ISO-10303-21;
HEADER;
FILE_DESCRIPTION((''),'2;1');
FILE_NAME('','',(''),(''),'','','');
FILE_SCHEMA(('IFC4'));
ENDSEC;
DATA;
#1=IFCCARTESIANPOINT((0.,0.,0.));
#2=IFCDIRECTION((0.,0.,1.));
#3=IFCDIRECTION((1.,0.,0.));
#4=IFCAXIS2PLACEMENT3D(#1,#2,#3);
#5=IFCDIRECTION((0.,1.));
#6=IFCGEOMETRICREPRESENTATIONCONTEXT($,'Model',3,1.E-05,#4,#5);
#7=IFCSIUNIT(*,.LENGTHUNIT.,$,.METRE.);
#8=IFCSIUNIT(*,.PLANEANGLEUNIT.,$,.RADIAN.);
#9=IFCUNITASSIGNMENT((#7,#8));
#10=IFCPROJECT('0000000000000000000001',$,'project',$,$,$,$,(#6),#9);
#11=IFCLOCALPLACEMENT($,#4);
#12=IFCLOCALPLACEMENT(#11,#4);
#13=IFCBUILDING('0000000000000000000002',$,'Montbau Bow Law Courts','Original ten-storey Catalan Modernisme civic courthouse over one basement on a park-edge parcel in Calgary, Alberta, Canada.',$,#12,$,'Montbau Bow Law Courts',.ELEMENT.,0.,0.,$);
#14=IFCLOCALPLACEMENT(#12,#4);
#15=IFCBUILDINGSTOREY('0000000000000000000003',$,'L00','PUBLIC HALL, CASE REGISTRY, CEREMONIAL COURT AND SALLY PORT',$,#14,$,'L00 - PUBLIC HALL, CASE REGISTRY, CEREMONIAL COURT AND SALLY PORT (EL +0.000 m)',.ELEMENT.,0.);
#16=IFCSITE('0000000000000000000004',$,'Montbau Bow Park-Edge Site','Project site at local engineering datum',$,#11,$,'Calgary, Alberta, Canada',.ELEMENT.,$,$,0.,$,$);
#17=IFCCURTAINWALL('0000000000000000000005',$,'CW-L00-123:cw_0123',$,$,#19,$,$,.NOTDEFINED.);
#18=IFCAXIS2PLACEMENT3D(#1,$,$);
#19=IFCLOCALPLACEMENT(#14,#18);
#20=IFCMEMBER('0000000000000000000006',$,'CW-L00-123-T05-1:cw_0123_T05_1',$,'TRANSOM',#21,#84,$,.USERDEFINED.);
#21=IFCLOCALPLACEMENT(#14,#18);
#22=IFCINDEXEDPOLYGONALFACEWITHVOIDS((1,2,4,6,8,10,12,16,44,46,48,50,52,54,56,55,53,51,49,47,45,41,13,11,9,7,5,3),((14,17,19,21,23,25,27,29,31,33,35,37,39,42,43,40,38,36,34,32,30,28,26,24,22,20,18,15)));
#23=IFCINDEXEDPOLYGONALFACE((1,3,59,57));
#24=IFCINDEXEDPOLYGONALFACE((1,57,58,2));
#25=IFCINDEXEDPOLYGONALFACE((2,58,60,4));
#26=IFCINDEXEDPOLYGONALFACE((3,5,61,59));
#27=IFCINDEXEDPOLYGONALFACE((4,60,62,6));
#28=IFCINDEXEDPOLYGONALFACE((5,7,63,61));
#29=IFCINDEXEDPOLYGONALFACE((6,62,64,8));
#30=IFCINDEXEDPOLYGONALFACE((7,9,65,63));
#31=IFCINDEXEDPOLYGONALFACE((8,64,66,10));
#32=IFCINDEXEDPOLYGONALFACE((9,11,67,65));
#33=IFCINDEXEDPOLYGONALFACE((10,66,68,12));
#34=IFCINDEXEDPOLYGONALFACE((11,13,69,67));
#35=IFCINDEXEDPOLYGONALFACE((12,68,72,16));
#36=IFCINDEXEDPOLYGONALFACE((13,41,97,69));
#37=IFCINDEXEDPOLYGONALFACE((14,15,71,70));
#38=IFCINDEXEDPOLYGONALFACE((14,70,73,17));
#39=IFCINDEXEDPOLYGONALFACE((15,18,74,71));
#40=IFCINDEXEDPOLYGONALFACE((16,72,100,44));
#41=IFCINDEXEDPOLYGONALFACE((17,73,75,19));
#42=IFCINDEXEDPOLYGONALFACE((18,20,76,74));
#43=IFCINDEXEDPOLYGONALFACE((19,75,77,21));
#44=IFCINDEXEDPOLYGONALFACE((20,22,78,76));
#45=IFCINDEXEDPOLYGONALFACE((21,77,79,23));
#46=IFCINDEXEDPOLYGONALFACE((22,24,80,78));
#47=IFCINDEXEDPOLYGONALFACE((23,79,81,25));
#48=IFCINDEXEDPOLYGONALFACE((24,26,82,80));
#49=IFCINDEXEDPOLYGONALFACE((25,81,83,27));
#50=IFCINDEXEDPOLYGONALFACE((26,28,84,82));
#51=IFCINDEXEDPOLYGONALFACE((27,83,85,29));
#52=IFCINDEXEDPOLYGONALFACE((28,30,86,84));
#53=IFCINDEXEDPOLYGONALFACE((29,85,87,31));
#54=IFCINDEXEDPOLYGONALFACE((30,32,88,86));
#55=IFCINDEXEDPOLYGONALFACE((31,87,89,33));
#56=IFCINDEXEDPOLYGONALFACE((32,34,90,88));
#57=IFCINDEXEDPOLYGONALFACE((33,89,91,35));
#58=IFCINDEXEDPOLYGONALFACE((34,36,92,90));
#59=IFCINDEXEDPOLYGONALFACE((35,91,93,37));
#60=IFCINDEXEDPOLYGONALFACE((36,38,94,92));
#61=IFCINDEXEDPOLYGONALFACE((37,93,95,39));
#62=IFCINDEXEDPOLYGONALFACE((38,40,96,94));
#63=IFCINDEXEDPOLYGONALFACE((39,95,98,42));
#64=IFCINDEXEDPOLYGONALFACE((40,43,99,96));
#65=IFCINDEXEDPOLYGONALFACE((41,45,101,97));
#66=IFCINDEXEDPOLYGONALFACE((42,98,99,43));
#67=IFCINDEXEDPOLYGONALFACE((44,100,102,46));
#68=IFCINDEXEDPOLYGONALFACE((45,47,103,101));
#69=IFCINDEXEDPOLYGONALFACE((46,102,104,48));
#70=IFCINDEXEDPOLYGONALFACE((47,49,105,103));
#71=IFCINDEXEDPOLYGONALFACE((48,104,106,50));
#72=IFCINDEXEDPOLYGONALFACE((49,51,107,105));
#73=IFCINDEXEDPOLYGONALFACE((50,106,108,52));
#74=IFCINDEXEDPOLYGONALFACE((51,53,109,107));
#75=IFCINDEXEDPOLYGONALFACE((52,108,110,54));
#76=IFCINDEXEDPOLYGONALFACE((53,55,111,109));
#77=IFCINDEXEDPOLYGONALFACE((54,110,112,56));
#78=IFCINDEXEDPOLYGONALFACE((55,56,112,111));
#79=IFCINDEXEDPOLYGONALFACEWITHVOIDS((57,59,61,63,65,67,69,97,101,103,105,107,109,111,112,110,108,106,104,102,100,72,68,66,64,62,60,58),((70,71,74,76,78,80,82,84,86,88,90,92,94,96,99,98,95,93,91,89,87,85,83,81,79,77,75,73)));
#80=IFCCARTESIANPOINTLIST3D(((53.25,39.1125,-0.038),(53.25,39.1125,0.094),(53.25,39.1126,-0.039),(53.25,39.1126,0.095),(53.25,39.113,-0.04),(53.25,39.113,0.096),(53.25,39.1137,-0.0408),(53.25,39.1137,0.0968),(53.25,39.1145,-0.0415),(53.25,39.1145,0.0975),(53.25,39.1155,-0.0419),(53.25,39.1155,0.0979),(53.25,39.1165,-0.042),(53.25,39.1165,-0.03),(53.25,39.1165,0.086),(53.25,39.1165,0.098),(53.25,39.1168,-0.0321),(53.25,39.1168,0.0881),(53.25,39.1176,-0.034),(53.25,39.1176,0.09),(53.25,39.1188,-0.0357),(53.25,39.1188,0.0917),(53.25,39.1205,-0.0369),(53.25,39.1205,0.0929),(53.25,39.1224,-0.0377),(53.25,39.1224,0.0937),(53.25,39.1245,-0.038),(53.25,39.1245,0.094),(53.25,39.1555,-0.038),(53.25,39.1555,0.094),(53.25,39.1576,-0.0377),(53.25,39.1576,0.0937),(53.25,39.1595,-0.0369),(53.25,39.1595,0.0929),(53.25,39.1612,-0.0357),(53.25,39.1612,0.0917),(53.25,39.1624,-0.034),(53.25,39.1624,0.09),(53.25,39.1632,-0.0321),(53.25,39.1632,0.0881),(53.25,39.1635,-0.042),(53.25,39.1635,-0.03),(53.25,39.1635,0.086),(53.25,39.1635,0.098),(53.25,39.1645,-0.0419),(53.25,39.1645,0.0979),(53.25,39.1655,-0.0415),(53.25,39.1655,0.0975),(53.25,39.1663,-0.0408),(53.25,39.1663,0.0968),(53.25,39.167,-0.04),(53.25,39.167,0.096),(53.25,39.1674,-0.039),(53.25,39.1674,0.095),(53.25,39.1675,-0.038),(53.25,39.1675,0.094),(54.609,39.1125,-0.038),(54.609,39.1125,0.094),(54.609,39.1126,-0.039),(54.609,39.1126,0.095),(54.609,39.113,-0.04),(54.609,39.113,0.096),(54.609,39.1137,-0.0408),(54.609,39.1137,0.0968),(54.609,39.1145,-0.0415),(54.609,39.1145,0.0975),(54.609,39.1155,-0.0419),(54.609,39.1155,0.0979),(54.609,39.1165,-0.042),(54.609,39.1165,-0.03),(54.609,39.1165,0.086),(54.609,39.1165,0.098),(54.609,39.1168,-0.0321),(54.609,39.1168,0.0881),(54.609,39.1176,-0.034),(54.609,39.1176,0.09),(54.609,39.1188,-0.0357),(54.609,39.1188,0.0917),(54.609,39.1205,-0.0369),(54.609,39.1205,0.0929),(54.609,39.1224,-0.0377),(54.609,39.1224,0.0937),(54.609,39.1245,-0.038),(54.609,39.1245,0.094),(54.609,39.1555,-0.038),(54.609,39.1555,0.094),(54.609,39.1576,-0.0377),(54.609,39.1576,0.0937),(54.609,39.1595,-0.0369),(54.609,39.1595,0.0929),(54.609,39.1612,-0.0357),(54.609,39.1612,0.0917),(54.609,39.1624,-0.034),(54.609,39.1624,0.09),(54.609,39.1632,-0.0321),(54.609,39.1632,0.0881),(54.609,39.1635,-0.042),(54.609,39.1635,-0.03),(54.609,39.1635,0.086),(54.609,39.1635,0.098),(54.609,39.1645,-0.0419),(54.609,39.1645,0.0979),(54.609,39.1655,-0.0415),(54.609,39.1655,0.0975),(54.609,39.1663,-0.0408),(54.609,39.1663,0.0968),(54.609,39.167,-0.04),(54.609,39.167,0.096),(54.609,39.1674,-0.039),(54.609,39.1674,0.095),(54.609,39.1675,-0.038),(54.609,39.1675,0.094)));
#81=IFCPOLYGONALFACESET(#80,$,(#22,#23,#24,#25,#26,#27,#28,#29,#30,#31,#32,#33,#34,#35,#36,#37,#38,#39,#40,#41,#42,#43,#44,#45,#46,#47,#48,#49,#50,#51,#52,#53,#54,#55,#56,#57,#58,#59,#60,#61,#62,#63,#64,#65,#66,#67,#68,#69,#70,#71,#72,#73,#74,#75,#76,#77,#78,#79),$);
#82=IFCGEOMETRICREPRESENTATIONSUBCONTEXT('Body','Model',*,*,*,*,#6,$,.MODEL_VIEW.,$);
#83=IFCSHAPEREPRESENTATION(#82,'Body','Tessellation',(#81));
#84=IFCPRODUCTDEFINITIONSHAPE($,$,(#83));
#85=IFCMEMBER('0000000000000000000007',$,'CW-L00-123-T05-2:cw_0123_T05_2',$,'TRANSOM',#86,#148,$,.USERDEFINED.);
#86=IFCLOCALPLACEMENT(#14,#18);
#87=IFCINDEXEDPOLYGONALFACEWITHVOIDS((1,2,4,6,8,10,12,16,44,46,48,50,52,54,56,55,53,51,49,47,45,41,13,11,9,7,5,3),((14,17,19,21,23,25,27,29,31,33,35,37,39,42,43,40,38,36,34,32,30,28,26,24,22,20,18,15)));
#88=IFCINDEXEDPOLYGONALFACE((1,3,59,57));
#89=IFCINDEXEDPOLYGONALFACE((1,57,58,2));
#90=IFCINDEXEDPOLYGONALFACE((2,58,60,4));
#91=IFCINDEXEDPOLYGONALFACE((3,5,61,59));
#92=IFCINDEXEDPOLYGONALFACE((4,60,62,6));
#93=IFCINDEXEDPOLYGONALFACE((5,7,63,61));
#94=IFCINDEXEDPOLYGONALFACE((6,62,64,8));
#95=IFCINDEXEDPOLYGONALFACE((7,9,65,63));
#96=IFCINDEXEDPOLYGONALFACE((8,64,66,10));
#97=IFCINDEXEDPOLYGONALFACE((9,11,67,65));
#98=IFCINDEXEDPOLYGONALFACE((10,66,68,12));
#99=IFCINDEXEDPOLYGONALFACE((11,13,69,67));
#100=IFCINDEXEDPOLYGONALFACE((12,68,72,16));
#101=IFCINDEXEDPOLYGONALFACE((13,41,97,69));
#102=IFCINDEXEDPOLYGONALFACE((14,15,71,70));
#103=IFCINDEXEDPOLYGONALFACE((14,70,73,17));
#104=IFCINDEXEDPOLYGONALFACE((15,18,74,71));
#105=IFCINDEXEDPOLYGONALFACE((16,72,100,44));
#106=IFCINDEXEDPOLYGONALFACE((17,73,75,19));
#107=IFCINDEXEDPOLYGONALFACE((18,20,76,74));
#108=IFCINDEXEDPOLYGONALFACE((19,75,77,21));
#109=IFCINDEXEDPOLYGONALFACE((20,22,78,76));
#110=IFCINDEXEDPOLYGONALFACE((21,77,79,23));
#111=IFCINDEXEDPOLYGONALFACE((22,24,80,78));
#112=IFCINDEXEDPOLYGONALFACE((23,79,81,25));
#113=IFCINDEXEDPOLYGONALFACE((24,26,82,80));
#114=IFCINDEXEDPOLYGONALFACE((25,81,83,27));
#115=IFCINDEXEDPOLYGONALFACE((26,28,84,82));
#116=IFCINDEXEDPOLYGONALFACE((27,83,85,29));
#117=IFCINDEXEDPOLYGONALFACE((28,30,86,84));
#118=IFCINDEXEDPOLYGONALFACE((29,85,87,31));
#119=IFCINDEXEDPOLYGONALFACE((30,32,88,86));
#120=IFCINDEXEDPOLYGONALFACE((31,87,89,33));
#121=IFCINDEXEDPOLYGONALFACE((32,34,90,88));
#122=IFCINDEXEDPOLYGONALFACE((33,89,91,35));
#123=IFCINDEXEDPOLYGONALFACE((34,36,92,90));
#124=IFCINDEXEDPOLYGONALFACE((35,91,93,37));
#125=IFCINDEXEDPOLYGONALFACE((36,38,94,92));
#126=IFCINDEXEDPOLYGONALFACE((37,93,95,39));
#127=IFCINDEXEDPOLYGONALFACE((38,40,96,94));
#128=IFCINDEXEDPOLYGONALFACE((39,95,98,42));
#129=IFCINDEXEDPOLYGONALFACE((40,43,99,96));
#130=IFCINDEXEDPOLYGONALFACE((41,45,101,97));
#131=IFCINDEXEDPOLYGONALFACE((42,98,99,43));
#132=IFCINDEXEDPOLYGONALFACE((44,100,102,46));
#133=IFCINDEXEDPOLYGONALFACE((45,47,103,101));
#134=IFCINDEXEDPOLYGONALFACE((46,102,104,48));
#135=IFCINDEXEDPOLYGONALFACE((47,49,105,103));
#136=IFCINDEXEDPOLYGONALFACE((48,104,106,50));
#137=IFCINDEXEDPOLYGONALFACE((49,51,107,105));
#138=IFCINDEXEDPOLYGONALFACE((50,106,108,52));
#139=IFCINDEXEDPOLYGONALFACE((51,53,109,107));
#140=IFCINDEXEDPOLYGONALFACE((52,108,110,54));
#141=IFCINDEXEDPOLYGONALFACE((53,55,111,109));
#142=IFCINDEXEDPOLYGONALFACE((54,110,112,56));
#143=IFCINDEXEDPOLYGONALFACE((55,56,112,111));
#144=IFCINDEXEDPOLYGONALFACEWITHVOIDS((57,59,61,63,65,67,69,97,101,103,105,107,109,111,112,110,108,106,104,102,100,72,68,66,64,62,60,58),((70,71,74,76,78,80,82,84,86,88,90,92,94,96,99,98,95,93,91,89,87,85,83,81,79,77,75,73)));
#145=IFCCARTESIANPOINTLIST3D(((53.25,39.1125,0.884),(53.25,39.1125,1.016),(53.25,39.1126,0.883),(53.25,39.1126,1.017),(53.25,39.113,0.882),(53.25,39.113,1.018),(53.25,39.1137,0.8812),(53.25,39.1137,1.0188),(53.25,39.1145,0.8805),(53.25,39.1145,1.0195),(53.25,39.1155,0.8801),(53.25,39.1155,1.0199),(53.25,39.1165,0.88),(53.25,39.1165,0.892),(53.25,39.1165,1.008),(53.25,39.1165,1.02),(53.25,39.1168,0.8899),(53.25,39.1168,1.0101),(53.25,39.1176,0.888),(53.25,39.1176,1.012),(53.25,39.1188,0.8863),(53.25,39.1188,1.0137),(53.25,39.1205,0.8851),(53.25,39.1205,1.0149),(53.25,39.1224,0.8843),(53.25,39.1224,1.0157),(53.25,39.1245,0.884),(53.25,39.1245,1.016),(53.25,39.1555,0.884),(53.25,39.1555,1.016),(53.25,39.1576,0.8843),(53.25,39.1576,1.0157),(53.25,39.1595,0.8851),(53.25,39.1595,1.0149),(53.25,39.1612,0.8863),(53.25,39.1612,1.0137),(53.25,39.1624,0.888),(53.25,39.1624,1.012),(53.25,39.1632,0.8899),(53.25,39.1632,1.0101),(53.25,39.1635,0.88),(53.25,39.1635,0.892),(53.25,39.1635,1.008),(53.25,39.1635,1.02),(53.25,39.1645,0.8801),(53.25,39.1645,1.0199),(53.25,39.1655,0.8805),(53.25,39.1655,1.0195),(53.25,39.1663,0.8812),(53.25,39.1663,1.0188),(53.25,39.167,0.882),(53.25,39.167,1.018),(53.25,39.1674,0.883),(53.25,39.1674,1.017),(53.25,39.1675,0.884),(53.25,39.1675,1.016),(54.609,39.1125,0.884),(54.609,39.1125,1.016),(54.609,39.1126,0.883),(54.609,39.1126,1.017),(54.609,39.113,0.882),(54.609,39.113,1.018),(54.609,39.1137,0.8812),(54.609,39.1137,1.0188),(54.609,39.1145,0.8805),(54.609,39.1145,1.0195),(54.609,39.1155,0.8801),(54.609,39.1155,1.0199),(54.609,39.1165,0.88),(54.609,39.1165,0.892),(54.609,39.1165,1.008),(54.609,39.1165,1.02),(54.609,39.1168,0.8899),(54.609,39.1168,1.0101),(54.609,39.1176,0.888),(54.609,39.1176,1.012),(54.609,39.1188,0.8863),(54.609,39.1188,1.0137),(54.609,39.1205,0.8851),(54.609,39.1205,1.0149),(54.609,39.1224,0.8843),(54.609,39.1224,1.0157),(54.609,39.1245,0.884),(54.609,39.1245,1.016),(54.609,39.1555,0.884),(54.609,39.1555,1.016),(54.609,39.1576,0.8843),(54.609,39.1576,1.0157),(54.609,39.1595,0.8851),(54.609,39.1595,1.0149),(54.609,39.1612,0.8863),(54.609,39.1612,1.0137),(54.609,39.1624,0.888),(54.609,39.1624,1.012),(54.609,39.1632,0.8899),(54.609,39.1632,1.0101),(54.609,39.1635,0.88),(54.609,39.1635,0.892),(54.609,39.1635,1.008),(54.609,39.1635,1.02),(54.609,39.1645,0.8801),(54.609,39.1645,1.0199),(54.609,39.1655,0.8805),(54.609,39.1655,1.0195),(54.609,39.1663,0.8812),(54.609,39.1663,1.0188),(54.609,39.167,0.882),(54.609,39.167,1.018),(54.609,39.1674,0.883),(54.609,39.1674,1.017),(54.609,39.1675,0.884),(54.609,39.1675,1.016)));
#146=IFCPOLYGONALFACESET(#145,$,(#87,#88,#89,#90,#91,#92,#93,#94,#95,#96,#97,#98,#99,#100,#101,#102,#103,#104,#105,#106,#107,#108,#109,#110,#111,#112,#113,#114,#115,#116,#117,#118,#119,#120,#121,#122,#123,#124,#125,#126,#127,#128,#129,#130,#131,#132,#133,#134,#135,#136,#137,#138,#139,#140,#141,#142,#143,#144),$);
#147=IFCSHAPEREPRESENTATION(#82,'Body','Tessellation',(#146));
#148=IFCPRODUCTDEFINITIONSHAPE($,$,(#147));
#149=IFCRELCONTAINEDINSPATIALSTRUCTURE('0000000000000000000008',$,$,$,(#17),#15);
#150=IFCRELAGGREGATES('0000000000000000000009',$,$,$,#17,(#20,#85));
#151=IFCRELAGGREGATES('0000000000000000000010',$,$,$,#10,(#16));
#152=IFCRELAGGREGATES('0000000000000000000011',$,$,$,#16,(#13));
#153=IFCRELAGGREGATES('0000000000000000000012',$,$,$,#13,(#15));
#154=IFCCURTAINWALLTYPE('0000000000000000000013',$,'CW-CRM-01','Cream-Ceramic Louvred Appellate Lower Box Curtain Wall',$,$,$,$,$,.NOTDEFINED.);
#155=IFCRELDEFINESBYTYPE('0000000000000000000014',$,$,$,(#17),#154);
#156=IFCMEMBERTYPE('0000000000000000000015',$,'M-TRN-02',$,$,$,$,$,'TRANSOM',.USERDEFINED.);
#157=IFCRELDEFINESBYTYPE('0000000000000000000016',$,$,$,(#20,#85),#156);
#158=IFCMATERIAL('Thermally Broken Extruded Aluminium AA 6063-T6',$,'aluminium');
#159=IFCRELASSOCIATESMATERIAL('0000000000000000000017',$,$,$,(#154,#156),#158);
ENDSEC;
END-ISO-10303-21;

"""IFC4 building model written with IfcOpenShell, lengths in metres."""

from ifc_helpers import new_model, si_unit, direction, frame, origin_with_axes, origin_2d_with_axis, place, context, subcontext, project, spatial, hollow_rectangle, extrude, material, material_profile, profile_set, type_object, element, aggregate, save


model = new_model("IFC4")

# Units and contexts
model_context = context("Model", 3, precision=1e-05, world=origin_with_axes(), true_north=direction((0.0, 1.0)))
body_context = subcontext(model_context, "Body", "Model", "MODEL_VIEW")
ifc_project = project(units=[si_unit("LENGTHUNIT", "METRE"), si_unit("PLANEANGLEUNIT", "RADIAN")], contexts=[model_context])

# Site, building, storey
site_placement = place(None, origin_with_axes())
site = spatial("IfcSite", under=ifc_project, at=site_placement, Name="Montbau Bow Park-Edge Site", Description="Project site at local engineering datum", LongName="Calgary, Alberta, Canada", CompositionType="ELEMENT", RefElevation=0.0)
building_placement = place(site_placement, origin_with_axes())
building = spatial("IfcBuilding", under=site, at=building_placement, Name="Montbau Bow Law Courts", Description="Original ten-storey Catalan Modernisme civic courthouse over one basement on a park-edge parcel in Calgary, Alberta, Canada.", LongName="Montbau Bow Law Courts", CompositionType="ELEMENT", ElevationOfRefHeight=0.0, ElevationOfTerrain=0.0)
storey_placement = place(building_placement, origin_with_axes())
storey = spatial("IfcBuildingStorey", under=building, at=storey_placement, Name="L00", Description="PUBLIC HALL, CASE REGISTRY, CEREMONIAL COURT AND SALLY PORT", LongName="L00 - PUBLIC HALL, CASE REGISTRY, CEREMONIAL COURT AND SALLY PORT (EL +0.000 m)", CompositionType="ELEMENT", Elevation=0.0)

# Curtain wall, members
ifc_material_1 = material(Name="Thermally Broken Extruded Aluminium AA 6063-T6", Category="aluminium")
curtain_wall_type = type_object("IfcCurtainWallType", Name="CW-CRM-01", Description="Cream-Ceramic Louvred Appellate Lower Box Curtain Wall", PredefinedType="NOTDEFINED", material=ifc_material_1)
curtain_wall_placement = place(None, frame((47.315, 39.14, 0.0), z_axis=(0.0, 0.0, 1.0), x_axis=(1.0, 0.0, 0.0)))
curtain_wall = element("IfcCurtainWall", 1, at=curtain_wall_placement, inside=storey, type_object=curtain_wall_type, Name="CW-L00-123:cw_0123", PredefinedType="NOTDEFINED")
ifc_material_profile_1 = material_profile(ifc_material_1, hollow_rectangle(XDim=0.055, YDim=0.14, WallThickness=0.004, InnerFilletRadius=0.008, OuterFilletRadius=0.004, at=origin_2d_with_axis()), Name="CWT-140X55", Category="Main", Priority=0)
ifc_profile_set_1 = profile_set([ifc_material_profile_1], Name="Thermally Broken Extruded Aluminium AA 6063-T6")
member_type_1 = type_object("IfcMemberType", Name="M-TRN-02", ElementType="TRANSOM", PredefinedType="USERDEFINED", material=ifc_profile_set_1)
member_1_placement = place(None, frame((53.25, 39.14, 0.028), z_axis=(1.0, 0.0, 0.0), x_axis=(0.0, 1.0, 0.0)))
member_1 = element("IfcMember", 2, at=member_1_placement, type_object=member_type_1, Name="CW-L00-123-T05-1:cw_0123_T05_1", ObjectType="TRANSOM", PredefinedType="USERDEFINED", context=body_context, shape_type="SweptSolid", body=[
    extrude(hollow_rectangle(XDim=0.055, YDim=0.14, WallThickness=0.004, InnerFilletRadius=0.008, OuterFilletRadius=0.004, at=origin_2d_with_axis()), origin_with_axes(), (0.0, 0.0, 1.0), 1.359),
])
member_2_placement = place(None, frame((53.25, 39.14, 0.95), z_axis=(1.0, 0.0, 0.0), x_axis=(0.0, 1.0, 0.0)))
member_2 = element("IfcMember", 3, at=member_2_placement, type_object=member_type_1, Name="CW-L00-123-T05-2:cw_0123_T05_2", ObjectType="TRANSOM", PredefinedType="USERDEFINED", context=body_context, shape_type="SweptSolid", body=[
    extrude(hollow_rectangle(XDim=0.055, YDim=0.14, WallThickness=0.004, InnerFilletRadius=0.008, OuterFilletRadius=0.004, at=origin_2d_with_axis()), origin_with_axes(), (0.0, 0.0, 1.0), 1.359),
])
aggregate(curtain_wall, [member_1, member_2])

save(model, "model.ifc")
